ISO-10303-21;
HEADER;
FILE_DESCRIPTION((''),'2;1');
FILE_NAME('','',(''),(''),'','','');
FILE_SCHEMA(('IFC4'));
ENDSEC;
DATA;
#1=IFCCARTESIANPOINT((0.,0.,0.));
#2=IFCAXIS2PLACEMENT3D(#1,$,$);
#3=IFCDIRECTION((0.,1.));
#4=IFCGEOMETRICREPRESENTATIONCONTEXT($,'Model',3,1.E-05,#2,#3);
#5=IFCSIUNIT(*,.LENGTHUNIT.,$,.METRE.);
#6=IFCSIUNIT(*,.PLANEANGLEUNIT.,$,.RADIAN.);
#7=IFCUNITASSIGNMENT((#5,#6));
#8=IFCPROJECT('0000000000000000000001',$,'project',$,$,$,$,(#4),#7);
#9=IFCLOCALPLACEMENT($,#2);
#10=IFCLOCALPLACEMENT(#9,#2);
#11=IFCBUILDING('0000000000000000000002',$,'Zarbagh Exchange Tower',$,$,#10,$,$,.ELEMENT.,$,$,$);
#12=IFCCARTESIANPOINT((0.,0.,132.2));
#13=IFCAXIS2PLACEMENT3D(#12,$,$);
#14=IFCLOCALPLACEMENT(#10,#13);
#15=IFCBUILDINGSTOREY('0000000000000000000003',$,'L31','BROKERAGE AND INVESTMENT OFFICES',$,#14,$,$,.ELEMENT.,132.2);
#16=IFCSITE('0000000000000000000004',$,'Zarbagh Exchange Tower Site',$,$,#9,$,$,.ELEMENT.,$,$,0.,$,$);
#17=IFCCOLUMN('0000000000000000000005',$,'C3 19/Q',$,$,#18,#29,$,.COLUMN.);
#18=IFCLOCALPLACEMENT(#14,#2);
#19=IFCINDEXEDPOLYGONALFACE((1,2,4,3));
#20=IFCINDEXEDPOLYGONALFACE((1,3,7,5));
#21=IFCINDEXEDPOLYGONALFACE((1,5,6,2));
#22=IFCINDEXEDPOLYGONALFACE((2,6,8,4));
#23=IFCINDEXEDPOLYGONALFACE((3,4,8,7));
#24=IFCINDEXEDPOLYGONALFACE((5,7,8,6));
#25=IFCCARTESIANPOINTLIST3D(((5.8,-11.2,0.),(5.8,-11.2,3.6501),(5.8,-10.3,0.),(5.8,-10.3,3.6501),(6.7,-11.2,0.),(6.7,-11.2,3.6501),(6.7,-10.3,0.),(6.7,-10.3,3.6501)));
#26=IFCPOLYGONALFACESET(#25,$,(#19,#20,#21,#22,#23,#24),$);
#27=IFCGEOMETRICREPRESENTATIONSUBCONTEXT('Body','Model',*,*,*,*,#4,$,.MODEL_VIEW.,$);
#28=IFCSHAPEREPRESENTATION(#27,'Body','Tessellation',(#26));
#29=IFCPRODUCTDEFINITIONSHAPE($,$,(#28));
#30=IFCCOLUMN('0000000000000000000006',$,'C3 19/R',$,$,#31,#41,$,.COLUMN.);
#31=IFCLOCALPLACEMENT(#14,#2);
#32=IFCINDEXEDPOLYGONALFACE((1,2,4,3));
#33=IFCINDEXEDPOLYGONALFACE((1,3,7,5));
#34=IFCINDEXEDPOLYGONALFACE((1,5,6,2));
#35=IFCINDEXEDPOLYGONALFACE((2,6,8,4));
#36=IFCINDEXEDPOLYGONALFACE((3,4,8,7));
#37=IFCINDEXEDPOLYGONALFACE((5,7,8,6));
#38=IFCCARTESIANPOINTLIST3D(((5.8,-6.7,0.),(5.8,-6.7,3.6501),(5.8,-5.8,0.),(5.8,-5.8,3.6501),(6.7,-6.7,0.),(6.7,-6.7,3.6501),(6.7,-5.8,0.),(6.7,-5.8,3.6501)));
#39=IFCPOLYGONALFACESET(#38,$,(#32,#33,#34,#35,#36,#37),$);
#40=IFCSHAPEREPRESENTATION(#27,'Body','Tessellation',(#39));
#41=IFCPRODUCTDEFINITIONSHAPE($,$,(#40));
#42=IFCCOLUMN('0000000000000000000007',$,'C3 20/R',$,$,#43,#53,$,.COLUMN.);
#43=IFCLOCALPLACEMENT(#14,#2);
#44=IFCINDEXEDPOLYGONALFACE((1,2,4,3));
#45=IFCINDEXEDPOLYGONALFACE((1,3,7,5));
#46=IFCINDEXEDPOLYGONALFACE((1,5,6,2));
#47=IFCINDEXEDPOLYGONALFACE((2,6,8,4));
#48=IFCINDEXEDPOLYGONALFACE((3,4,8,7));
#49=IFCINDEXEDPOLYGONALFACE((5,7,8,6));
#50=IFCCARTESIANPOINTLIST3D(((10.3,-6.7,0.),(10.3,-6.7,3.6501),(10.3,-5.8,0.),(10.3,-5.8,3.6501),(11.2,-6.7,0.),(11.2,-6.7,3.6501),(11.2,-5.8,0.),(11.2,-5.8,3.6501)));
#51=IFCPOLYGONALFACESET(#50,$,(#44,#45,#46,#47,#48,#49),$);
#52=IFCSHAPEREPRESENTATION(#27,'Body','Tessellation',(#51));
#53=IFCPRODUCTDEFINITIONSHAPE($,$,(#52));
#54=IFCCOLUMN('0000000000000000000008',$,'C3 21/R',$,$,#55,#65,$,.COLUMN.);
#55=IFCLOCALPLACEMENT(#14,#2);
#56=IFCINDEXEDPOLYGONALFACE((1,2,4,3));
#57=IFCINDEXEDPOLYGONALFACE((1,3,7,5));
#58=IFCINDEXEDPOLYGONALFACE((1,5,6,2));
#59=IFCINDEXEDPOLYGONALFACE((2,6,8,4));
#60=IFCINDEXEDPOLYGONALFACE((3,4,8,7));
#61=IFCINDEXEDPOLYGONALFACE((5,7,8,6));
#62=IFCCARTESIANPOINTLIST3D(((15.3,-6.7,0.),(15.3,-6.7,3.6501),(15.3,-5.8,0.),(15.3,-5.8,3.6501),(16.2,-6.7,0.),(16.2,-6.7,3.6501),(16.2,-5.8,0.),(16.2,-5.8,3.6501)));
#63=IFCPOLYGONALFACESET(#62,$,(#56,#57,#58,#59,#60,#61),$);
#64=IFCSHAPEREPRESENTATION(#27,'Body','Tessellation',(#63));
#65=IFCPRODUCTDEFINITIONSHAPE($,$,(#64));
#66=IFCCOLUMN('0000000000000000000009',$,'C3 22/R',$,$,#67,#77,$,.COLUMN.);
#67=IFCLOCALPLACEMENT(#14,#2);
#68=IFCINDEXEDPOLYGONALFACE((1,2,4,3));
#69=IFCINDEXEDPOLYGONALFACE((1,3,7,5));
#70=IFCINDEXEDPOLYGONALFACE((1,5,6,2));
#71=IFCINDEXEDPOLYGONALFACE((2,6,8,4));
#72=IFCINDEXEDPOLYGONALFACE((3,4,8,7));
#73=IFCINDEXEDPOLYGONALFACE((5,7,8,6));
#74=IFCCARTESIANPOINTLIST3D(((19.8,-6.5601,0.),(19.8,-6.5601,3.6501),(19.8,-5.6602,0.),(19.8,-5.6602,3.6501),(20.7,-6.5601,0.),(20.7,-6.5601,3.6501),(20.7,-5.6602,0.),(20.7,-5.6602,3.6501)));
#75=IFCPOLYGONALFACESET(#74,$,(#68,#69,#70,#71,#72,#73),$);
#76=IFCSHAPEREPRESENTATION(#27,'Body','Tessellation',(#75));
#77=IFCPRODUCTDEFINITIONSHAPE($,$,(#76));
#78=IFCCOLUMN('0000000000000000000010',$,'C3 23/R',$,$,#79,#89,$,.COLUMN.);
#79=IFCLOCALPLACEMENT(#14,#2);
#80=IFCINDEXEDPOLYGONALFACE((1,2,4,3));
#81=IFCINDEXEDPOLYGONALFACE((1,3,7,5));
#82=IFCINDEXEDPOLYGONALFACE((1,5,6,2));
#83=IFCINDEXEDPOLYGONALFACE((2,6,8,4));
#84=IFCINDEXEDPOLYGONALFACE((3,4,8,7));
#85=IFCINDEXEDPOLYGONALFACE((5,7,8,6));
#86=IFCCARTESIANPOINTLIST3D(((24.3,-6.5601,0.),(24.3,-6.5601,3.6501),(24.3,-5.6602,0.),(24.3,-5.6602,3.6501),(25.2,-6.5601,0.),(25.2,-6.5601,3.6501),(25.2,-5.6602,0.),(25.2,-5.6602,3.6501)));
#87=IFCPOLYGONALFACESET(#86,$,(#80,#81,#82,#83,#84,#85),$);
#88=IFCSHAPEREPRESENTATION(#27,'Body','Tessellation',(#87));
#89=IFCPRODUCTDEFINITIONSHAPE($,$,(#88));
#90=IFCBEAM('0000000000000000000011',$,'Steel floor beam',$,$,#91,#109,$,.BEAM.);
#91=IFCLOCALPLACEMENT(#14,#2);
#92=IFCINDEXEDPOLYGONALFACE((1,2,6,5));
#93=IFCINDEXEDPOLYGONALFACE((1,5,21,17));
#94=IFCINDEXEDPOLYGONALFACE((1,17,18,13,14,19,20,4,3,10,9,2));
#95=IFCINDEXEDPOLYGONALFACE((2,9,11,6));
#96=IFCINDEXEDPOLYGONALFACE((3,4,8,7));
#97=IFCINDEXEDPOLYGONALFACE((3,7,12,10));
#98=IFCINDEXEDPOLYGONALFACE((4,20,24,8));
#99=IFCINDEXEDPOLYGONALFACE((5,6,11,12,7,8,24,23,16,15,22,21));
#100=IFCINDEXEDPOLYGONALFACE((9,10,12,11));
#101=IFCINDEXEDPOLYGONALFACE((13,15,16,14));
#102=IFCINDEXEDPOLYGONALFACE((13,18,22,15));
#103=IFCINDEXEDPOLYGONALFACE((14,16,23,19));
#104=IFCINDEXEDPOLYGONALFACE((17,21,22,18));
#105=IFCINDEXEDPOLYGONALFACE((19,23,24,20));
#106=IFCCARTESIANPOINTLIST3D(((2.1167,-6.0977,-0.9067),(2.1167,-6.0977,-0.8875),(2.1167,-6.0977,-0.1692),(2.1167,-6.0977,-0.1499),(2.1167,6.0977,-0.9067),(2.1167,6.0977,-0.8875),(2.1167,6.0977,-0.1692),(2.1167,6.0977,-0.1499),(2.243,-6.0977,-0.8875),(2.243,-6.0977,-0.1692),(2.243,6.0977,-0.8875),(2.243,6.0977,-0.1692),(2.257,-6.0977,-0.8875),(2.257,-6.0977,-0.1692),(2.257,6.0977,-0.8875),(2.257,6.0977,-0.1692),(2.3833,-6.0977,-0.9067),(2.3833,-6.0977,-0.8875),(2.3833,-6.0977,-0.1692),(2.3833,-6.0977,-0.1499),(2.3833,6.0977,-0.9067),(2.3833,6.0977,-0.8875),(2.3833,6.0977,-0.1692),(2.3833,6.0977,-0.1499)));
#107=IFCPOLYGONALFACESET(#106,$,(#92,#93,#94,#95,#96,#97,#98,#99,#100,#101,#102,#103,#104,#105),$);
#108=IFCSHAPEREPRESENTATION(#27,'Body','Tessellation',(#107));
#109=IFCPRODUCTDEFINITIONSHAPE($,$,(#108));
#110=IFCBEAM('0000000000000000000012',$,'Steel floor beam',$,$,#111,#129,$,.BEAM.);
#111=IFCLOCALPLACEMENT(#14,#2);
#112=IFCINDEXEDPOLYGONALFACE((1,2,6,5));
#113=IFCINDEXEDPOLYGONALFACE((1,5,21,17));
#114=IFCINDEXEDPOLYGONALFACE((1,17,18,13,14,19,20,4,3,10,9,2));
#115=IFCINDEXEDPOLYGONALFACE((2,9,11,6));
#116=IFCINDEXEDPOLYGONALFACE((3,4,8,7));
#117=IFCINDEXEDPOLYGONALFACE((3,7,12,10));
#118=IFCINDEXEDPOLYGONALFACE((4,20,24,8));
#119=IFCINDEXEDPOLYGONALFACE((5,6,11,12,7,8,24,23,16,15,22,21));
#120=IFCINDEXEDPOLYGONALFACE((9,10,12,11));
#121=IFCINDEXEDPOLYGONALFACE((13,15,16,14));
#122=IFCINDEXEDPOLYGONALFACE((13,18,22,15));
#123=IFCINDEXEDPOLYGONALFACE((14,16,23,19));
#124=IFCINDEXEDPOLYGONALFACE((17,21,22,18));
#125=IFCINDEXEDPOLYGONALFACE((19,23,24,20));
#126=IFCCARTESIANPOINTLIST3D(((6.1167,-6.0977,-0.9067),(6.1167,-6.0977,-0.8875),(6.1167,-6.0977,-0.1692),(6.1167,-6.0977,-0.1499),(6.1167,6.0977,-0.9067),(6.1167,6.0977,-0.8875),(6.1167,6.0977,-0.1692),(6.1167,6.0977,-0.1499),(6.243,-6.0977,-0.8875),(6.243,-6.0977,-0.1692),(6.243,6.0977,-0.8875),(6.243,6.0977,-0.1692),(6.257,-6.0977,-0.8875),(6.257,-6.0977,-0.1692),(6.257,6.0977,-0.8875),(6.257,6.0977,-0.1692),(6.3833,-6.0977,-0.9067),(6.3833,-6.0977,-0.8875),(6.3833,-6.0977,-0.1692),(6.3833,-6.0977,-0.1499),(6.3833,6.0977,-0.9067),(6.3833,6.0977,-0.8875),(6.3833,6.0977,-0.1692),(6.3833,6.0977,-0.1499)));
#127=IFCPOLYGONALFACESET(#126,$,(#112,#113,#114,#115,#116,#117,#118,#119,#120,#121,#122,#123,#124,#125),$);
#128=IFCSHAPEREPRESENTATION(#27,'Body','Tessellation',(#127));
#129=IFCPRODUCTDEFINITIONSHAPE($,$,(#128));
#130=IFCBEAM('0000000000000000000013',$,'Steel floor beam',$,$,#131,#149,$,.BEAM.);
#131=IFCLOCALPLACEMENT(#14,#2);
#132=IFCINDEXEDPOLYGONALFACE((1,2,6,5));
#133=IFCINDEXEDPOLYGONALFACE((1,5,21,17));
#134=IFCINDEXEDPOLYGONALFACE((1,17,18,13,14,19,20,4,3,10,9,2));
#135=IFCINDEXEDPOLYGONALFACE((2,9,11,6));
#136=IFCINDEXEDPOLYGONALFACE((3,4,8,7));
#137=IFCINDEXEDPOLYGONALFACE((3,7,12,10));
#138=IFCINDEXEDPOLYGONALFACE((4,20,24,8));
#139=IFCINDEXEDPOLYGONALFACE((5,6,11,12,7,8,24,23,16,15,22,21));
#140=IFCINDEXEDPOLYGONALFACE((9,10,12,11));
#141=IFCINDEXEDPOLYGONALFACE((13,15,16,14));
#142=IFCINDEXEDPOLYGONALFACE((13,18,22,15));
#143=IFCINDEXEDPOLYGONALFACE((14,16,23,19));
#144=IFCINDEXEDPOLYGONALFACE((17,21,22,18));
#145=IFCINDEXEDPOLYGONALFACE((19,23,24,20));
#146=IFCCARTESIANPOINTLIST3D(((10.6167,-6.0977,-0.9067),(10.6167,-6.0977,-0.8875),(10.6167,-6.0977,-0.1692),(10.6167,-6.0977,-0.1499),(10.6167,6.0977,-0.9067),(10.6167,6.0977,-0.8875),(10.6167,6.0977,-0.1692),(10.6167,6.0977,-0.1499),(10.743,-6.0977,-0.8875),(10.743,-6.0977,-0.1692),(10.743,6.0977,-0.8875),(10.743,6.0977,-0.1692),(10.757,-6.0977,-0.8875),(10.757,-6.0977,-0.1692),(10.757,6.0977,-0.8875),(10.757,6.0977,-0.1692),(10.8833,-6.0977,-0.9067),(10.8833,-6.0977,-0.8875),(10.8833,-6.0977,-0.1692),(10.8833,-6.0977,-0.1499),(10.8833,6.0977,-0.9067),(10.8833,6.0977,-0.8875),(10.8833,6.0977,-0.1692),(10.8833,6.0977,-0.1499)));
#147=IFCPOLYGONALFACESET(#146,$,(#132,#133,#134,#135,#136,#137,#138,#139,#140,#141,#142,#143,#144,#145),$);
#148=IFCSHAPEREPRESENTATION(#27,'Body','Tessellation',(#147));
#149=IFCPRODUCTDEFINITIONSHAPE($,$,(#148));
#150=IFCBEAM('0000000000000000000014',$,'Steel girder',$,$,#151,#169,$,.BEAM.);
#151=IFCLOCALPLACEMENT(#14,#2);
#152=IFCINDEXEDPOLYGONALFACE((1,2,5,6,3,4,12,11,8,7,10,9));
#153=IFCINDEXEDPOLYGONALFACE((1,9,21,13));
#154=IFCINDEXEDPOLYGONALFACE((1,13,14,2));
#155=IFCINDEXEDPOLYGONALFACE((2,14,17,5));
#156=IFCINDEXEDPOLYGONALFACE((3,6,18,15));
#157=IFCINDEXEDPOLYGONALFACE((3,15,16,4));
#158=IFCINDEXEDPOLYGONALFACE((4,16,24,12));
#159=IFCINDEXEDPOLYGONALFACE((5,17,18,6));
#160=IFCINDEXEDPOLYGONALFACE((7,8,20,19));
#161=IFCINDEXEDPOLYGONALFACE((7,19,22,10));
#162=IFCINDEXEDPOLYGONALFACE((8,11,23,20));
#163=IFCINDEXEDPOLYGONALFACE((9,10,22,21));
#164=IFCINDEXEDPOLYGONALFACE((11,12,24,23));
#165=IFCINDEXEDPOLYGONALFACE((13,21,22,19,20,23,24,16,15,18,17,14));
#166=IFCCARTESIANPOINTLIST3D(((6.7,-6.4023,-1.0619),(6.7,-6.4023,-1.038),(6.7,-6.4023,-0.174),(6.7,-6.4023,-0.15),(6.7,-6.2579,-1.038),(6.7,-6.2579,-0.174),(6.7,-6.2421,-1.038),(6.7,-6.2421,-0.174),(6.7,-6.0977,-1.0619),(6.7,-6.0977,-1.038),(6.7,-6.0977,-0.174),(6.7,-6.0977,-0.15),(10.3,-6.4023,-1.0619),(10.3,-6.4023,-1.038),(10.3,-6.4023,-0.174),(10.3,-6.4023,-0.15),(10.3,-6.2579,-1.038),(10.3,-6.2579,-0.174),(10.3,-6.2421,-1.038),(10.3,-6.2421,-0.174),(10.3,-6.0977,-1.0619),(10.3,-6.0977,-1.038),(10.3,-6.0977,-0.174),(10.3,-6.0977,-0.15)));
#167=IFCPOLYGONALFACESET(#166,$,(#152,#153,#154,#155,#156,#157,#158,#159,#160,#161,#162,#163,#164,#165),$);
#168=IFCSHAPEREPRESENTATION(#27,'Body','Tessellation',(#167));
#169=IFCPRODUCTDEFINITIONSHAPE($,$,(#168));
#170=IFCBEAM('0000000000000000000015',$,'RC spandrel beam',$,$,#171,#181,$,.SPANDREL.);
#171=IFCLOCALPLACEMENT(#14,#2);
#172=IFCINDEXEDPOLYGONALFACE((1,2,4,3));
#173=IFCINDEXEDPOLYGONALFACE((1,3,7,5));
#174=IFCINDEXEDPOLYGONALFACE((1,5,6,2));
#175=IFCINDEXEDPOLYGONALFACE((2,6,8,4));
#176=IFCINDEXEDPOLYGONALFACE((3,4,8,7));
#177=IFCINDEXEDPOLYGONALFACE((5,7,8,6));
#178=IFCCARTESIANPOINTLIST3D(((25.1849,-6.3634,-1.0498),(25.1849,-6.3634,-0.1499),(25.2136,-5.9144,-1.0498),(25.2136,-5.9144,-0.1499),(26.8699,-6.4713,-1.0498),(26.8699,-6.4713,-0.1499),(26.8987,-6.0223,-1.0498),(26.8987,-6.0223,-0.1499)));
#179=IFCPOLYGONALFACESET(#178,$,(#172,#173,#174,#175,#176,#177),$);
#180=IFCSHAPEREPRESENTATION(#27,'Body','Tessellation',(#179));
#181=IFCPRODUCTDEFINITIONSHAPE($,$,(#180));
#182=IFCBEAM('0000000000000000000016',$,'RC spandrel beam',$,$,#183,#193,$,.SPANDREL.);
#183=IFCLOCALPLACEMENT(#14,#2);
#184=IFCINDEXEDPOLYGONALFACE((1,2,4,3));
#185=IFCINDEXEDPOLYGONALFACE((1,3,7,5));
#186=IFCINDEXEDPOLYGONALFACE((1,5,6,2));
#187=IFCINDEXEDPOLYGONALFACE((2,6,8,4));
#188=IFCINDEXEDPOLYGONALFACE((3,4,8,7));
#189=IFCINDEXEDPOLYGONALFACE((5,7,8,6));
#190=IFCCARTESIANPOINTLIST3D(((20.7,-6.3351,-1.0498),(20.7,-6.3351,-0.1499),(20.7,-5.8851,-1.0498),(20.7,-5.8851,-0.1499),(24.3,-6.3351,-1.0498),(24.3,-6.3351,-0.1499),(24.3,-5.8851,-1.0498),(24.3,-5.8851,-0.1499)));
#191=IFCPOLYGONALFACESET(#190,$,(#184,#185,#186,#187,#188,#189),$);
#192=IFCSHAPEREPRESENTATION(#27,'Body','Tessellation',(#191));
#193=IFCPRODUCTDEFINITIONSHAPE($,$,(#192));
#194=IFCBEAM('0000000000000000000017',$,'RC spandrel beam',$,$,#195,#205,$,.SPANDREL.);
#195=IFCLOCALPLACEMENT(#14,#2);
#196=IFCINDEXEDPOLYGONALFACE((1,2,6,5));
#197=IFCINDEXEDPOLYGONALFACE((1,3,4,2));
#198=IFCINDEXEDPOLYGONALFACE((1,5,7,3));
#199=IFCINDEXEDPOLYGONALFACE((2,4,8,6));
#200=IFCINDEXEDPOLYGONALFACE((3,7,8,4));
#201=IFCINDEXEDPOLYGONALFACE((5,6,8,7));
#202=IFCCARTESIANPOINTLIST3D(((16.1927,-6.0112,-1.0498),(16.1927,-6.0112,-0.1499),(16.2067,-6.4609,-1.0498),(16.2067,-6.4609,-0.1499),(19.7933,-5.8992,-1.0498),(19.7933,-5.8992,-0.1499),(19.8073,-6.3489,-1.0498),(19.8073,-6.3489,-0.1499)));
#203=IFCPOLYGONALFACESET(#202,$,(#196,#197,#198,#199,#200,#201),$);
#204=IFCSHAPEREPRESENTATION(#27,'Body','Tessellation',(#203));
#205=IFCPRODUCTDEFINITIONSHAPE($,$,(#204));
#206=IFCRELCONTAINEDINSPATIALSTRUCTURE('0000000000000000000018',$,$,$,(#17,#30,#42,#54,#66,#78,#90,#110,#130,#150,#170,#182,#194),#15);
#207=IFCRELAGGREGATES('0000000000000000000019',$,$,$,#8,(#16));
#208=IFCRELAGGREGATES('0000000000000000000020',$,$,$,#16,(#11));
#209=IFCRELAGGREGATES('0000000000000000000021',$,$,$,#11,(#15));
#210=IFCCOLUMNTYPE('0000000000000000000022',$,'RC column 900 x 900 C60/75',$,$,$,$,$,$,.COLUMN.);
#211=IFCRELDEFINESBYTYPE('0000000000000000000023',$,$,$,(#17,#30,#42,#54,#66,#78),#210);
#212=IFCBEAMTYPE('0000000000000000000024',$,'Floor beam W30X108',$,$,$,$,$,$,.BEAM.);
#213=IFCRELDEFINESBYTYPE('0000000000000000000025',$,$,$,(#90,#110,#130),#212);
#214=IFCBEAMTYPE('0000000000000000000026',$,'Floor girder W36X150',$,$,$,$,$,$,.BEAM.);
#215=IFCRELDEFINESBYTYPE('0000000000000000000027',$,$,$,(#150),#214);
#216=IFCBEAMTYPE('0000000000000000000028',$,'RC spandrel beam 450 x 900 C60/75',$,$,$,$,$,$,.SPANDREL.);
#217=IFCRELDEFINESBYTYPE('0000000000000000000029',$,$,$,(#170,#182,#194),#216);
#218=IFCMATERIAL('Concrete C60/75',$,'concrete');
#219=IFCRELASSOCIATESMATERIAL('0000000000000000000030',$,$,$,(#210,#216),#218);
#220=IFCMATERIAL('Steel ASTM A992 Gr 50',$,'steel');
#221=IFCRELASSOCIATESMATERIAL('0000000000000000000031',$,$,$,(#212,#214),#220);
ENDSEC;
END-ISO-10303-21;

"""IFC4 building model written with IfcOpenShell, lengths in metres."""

from ifc_helpers import new_model, si_unit, direction, frame, origin, origin_2d, place, context, subcontext, project, spatial, rectangle, i_section, extrude, material, material_profile, profile_set, type_object, element, save


model = new_model("IFC4")

# Units and contexts
model_context = context("Model", 3, precision=1e-05, world=origin(), true_north=direction((0.0, 1.0)))
body_context = subcontext(model_context, "Body", "Model", "MODEL_VIEW")
ifc_project = project(units=[si_unit("LENGTHUNIT", "METRE"), si_unit("PLANEANGLEUNIT", "RADIAN")], contexts=[model_context])

# Site, building, storey
site_placement = place(None, origin())
site = spatial("IfcSite", under=ifc_project, at=site_placement, Name="Zarbagh Exchange Tower Site", CompositionType="ELEMENT", RefElevation=0.0)
building_placement = place(site_placement, origin())
building = spatial("IfcBuilding", under=site, at=building_placement, Name="Zarbagh Exchange Tower", CompositionType="ELEMENT")
storey_placement = place(building_placement, frame((0.0, 0.0, 132.2)))
storey = spatial("IfcBuildingStorey", under=building, at=storey_placement, Name="L31", Description="BROKERAGE AND INVESTMENT OFFICES", CompositionType="ELEMENT", Elevation=132.2)

# Columns
ifc_material_1 = material(Name="Concrete C60/75", Category="concrete")
ifc_material_profile_1 = material_profile(ifc_material_1, rectangle(XDim=0.8999, YDim=0.8999, at=origin_2d()), Name="RC column 900 x 900 C60/75")
ifc_profile_set_1 = profile_set([ifc_material_profile_1], Name="Concrete C60/75")
column_type = type_object("IfcColumnType", Name="RC column 900 x 900 C60/75", PredefinedType="COLUMN", material=ifc_profile_set_1)
for number, where, z_axis, x_axis, name in (
    (1, (6.25, -10.75, 0.0), (0.0, 0.0, 1.0), (1.0, 0.0, 0.0), "C3 19/Q"),
    (2, (6.25, -6.25, 0.0), (0.0, 0.0, 1.0), (1.0, 0.0, 0.0), "C3 19/R"),
    (3, (10.75, -6.25, 0.0), (0.0, 0.0, 1.0), (1.0, 0.0, 0.0), "C3 20/R"),
    (4, (15.75, -6.25, 0.0), (0.0, 0.0, 1.0), (1.0, 0.0, 0.0), "C3 21/R"),
    (5, (20.25, -6.1101, 0.0), (0.0, 0.0, 1.0), (1.0, 0.0, 0.0), "C3 22/R"),
    (6, (24.75, -6.1101, 0.0), (0.0, 0.0, 1.0), (1.0, 0.0, 0.0), "C3 23/R"),
):
    element("IfcColumn", number, at=place(storey_placement, frame(where, z_axis=z_axis, x_axis=x_axis)), inside=storey, type_object=column_type, Name=name, PredefinedType="COLUMN", context=body_context, shape_type="SweptSolid", body=[
        extrude(rectangle(XDim=0.8999, YDim=0.8999, at=origin_2d()), origin(), (0.0, 0.0, 1.0), 3.6501),
    ])

# Beams
ifc_material_2 = material(Name="Steel ASTM A992 Gr 50", Category="steel")
ifc_material_profile_2 = material_profile(ifc_material_2, i_section(OverallWidth=0.2666, OverallDepth=0.7568, WebThickness=0.0139, FlangeThickness=0.0193, at=origin_2d()), Name="W30X108")
ifc_profile_set_2 = profile_set([ifc_material_profile_2], Name="Steel ASTM A992 Gr 50")
beam_type_1 = type_object("IfcBeamType", Name="Floor beam W30X108", PredefinedType="BEAM", material=ifc_profile_set_2)
for number, where, z_axis, x_axis, name in (
    (7, (2.25, -6.0977, -0.5283), (0.0, 1.0, 0.0), (-1.0, 0.0, 0.0), "Steel floor beam"),
    (8, (6.25, -6.0977, -0.5283), (0.0, 1.0, 0.0), (-1.0, 0.0, 0.0), "Steel floor beam"),
    (9, (10.75, -6.0977, -0.5283), (0.0, 1.0, 0.0), (-1.0, 0.0, 0.0), "Steel floor beam"),
):
    element("IfcBeam", number, at=place(storey_placement, frame(where, z_axis=z_axis, x_axis=x_axis)), inside=storey, type_object=beam_type_1, Name=name, PredefinedType="BEAM", context=body_context, shape_type="SweptSolid", body=[
        extrude(i_section(OverallWidth=0.2666, OverallDepth=0.7568, WebThickness=0.0139, FlangeThickness=0.0193, at=origin_2d()), origin(), (0.0, 0.0, 1.0), 12.1953),
    ])
ifc_material_profile_3 = material_profile(ifc_material_2, i_section(OverallWidth=0.3047, OverallDepth=0.9119, WebThickness=0.0159, FlangeThickness=0.0239, at=origin_2d()), Name="W36X150")
ifc_profile_set_3 = profile_set([ifc_material_profile_3], Name="Steel ASTM A992 Gr 50")
beam_type_2 = type_object("IfcBeamType", Name="Floor girder W36X150", PredefinedType="BEAM", material=ifc_profile_set_3)
beam_1_placement = place(storey_placement, frame((6.7, -6.25, -0.606), z_axis=(1.0, 0.0, 0.0), x_axis=(0.0, 1.0, 0.0)))
element("IfcBeam", 10, at=beam_1_placement, inside=storey, type_object=beam_type_2, Name="Steel girder", PredefinedType="BEAM", context=body_context, shape_type="SweptSolid", body=[
    extrude(i_section(OverallWidth=0.3047, OverallDepth=0.9119, WebThickness=0.0159, FlangeThickness=0.0239, at=origin_2d()), origin(), (0.0, 0.0, 1.0), 3.6001),
])
ifc_material_profile_4 = material_profile(ifc_material_1, rectangle(XDim=0.45, YDim=0.8999, at=origin_2d()), Name="RC spandrel beam 450 x 900 C60/75")
ifc_profile_set_4 = profile_set([ifc_material_profile_4], Name="Concrete C60/75")
beam_type_3 = type_object("IfcBeamType", Name="RC spandrel beam 450 x 900 C60/75", PredefinedType="SPANDREL", material=ifc_profile_set_4)
beam_2_placement = place(storey_placement, frame((26.8843, -6.2468, -0.5999), z_axis=(-0.997956, 0.063908, 0.0), x_axis=(-0.063908, -0.997956, 0.0)))
element("IfcBeam", 11, at=beam_2_placement, inside=storey, type_object=beam_type_3, Name="RC spandrel beam", PredefinedType="SPANDREL", context=body_context, shape_type="SweptSolid", body=[
    extrude(rectangle(XDim=0.45, YDim=0.8999, at=origin_2d()), origin(), (0.0, 0.0, 1.0), 1.6885),
])
beam_3_placement = place(storey_placement, frame((24.3, -6.1101, -0.5999), z_axis=(-1.0, 0.0, 0.0), x_axis=(0.0, -1.0, 0.0)))
element("IfcBeam", 12, at=beam_3_placement, inside=storey, type_object=beam_type_3, Name="RC spandrel beam", PredefinedType="SPANDREL", context=body_context, shape_type="SweptSolid", body=[
    extrude(rectangle(XDim=0.45, YDim=0.8999, at=origin_2d()), origin(), (0.0, 0.0, 1.0), 3.6001),
])
beam_4_placement = place(storey_placement, frame((19.8003, -6.124, -0.5999), z_axis=(-0.999516, -0.031108, 0.0), x_axis=(0.031108, -0.999516, 0.0)))
element("IfcBeam", 13, at=beam_4_placement, inside=storey, type_object=beam_type_3, Name="RC spandrel beam", PredefinedType="SPANDREL", context=body_context, shape_type="SweptSolid", body=[
    extrude(rectangle(XDim=0.45, YDim=0.8999, at=origin_2d()), origin(), (0.0, 0.0, 1.0), 3.6023),
])

save(model, "model.ifc")
